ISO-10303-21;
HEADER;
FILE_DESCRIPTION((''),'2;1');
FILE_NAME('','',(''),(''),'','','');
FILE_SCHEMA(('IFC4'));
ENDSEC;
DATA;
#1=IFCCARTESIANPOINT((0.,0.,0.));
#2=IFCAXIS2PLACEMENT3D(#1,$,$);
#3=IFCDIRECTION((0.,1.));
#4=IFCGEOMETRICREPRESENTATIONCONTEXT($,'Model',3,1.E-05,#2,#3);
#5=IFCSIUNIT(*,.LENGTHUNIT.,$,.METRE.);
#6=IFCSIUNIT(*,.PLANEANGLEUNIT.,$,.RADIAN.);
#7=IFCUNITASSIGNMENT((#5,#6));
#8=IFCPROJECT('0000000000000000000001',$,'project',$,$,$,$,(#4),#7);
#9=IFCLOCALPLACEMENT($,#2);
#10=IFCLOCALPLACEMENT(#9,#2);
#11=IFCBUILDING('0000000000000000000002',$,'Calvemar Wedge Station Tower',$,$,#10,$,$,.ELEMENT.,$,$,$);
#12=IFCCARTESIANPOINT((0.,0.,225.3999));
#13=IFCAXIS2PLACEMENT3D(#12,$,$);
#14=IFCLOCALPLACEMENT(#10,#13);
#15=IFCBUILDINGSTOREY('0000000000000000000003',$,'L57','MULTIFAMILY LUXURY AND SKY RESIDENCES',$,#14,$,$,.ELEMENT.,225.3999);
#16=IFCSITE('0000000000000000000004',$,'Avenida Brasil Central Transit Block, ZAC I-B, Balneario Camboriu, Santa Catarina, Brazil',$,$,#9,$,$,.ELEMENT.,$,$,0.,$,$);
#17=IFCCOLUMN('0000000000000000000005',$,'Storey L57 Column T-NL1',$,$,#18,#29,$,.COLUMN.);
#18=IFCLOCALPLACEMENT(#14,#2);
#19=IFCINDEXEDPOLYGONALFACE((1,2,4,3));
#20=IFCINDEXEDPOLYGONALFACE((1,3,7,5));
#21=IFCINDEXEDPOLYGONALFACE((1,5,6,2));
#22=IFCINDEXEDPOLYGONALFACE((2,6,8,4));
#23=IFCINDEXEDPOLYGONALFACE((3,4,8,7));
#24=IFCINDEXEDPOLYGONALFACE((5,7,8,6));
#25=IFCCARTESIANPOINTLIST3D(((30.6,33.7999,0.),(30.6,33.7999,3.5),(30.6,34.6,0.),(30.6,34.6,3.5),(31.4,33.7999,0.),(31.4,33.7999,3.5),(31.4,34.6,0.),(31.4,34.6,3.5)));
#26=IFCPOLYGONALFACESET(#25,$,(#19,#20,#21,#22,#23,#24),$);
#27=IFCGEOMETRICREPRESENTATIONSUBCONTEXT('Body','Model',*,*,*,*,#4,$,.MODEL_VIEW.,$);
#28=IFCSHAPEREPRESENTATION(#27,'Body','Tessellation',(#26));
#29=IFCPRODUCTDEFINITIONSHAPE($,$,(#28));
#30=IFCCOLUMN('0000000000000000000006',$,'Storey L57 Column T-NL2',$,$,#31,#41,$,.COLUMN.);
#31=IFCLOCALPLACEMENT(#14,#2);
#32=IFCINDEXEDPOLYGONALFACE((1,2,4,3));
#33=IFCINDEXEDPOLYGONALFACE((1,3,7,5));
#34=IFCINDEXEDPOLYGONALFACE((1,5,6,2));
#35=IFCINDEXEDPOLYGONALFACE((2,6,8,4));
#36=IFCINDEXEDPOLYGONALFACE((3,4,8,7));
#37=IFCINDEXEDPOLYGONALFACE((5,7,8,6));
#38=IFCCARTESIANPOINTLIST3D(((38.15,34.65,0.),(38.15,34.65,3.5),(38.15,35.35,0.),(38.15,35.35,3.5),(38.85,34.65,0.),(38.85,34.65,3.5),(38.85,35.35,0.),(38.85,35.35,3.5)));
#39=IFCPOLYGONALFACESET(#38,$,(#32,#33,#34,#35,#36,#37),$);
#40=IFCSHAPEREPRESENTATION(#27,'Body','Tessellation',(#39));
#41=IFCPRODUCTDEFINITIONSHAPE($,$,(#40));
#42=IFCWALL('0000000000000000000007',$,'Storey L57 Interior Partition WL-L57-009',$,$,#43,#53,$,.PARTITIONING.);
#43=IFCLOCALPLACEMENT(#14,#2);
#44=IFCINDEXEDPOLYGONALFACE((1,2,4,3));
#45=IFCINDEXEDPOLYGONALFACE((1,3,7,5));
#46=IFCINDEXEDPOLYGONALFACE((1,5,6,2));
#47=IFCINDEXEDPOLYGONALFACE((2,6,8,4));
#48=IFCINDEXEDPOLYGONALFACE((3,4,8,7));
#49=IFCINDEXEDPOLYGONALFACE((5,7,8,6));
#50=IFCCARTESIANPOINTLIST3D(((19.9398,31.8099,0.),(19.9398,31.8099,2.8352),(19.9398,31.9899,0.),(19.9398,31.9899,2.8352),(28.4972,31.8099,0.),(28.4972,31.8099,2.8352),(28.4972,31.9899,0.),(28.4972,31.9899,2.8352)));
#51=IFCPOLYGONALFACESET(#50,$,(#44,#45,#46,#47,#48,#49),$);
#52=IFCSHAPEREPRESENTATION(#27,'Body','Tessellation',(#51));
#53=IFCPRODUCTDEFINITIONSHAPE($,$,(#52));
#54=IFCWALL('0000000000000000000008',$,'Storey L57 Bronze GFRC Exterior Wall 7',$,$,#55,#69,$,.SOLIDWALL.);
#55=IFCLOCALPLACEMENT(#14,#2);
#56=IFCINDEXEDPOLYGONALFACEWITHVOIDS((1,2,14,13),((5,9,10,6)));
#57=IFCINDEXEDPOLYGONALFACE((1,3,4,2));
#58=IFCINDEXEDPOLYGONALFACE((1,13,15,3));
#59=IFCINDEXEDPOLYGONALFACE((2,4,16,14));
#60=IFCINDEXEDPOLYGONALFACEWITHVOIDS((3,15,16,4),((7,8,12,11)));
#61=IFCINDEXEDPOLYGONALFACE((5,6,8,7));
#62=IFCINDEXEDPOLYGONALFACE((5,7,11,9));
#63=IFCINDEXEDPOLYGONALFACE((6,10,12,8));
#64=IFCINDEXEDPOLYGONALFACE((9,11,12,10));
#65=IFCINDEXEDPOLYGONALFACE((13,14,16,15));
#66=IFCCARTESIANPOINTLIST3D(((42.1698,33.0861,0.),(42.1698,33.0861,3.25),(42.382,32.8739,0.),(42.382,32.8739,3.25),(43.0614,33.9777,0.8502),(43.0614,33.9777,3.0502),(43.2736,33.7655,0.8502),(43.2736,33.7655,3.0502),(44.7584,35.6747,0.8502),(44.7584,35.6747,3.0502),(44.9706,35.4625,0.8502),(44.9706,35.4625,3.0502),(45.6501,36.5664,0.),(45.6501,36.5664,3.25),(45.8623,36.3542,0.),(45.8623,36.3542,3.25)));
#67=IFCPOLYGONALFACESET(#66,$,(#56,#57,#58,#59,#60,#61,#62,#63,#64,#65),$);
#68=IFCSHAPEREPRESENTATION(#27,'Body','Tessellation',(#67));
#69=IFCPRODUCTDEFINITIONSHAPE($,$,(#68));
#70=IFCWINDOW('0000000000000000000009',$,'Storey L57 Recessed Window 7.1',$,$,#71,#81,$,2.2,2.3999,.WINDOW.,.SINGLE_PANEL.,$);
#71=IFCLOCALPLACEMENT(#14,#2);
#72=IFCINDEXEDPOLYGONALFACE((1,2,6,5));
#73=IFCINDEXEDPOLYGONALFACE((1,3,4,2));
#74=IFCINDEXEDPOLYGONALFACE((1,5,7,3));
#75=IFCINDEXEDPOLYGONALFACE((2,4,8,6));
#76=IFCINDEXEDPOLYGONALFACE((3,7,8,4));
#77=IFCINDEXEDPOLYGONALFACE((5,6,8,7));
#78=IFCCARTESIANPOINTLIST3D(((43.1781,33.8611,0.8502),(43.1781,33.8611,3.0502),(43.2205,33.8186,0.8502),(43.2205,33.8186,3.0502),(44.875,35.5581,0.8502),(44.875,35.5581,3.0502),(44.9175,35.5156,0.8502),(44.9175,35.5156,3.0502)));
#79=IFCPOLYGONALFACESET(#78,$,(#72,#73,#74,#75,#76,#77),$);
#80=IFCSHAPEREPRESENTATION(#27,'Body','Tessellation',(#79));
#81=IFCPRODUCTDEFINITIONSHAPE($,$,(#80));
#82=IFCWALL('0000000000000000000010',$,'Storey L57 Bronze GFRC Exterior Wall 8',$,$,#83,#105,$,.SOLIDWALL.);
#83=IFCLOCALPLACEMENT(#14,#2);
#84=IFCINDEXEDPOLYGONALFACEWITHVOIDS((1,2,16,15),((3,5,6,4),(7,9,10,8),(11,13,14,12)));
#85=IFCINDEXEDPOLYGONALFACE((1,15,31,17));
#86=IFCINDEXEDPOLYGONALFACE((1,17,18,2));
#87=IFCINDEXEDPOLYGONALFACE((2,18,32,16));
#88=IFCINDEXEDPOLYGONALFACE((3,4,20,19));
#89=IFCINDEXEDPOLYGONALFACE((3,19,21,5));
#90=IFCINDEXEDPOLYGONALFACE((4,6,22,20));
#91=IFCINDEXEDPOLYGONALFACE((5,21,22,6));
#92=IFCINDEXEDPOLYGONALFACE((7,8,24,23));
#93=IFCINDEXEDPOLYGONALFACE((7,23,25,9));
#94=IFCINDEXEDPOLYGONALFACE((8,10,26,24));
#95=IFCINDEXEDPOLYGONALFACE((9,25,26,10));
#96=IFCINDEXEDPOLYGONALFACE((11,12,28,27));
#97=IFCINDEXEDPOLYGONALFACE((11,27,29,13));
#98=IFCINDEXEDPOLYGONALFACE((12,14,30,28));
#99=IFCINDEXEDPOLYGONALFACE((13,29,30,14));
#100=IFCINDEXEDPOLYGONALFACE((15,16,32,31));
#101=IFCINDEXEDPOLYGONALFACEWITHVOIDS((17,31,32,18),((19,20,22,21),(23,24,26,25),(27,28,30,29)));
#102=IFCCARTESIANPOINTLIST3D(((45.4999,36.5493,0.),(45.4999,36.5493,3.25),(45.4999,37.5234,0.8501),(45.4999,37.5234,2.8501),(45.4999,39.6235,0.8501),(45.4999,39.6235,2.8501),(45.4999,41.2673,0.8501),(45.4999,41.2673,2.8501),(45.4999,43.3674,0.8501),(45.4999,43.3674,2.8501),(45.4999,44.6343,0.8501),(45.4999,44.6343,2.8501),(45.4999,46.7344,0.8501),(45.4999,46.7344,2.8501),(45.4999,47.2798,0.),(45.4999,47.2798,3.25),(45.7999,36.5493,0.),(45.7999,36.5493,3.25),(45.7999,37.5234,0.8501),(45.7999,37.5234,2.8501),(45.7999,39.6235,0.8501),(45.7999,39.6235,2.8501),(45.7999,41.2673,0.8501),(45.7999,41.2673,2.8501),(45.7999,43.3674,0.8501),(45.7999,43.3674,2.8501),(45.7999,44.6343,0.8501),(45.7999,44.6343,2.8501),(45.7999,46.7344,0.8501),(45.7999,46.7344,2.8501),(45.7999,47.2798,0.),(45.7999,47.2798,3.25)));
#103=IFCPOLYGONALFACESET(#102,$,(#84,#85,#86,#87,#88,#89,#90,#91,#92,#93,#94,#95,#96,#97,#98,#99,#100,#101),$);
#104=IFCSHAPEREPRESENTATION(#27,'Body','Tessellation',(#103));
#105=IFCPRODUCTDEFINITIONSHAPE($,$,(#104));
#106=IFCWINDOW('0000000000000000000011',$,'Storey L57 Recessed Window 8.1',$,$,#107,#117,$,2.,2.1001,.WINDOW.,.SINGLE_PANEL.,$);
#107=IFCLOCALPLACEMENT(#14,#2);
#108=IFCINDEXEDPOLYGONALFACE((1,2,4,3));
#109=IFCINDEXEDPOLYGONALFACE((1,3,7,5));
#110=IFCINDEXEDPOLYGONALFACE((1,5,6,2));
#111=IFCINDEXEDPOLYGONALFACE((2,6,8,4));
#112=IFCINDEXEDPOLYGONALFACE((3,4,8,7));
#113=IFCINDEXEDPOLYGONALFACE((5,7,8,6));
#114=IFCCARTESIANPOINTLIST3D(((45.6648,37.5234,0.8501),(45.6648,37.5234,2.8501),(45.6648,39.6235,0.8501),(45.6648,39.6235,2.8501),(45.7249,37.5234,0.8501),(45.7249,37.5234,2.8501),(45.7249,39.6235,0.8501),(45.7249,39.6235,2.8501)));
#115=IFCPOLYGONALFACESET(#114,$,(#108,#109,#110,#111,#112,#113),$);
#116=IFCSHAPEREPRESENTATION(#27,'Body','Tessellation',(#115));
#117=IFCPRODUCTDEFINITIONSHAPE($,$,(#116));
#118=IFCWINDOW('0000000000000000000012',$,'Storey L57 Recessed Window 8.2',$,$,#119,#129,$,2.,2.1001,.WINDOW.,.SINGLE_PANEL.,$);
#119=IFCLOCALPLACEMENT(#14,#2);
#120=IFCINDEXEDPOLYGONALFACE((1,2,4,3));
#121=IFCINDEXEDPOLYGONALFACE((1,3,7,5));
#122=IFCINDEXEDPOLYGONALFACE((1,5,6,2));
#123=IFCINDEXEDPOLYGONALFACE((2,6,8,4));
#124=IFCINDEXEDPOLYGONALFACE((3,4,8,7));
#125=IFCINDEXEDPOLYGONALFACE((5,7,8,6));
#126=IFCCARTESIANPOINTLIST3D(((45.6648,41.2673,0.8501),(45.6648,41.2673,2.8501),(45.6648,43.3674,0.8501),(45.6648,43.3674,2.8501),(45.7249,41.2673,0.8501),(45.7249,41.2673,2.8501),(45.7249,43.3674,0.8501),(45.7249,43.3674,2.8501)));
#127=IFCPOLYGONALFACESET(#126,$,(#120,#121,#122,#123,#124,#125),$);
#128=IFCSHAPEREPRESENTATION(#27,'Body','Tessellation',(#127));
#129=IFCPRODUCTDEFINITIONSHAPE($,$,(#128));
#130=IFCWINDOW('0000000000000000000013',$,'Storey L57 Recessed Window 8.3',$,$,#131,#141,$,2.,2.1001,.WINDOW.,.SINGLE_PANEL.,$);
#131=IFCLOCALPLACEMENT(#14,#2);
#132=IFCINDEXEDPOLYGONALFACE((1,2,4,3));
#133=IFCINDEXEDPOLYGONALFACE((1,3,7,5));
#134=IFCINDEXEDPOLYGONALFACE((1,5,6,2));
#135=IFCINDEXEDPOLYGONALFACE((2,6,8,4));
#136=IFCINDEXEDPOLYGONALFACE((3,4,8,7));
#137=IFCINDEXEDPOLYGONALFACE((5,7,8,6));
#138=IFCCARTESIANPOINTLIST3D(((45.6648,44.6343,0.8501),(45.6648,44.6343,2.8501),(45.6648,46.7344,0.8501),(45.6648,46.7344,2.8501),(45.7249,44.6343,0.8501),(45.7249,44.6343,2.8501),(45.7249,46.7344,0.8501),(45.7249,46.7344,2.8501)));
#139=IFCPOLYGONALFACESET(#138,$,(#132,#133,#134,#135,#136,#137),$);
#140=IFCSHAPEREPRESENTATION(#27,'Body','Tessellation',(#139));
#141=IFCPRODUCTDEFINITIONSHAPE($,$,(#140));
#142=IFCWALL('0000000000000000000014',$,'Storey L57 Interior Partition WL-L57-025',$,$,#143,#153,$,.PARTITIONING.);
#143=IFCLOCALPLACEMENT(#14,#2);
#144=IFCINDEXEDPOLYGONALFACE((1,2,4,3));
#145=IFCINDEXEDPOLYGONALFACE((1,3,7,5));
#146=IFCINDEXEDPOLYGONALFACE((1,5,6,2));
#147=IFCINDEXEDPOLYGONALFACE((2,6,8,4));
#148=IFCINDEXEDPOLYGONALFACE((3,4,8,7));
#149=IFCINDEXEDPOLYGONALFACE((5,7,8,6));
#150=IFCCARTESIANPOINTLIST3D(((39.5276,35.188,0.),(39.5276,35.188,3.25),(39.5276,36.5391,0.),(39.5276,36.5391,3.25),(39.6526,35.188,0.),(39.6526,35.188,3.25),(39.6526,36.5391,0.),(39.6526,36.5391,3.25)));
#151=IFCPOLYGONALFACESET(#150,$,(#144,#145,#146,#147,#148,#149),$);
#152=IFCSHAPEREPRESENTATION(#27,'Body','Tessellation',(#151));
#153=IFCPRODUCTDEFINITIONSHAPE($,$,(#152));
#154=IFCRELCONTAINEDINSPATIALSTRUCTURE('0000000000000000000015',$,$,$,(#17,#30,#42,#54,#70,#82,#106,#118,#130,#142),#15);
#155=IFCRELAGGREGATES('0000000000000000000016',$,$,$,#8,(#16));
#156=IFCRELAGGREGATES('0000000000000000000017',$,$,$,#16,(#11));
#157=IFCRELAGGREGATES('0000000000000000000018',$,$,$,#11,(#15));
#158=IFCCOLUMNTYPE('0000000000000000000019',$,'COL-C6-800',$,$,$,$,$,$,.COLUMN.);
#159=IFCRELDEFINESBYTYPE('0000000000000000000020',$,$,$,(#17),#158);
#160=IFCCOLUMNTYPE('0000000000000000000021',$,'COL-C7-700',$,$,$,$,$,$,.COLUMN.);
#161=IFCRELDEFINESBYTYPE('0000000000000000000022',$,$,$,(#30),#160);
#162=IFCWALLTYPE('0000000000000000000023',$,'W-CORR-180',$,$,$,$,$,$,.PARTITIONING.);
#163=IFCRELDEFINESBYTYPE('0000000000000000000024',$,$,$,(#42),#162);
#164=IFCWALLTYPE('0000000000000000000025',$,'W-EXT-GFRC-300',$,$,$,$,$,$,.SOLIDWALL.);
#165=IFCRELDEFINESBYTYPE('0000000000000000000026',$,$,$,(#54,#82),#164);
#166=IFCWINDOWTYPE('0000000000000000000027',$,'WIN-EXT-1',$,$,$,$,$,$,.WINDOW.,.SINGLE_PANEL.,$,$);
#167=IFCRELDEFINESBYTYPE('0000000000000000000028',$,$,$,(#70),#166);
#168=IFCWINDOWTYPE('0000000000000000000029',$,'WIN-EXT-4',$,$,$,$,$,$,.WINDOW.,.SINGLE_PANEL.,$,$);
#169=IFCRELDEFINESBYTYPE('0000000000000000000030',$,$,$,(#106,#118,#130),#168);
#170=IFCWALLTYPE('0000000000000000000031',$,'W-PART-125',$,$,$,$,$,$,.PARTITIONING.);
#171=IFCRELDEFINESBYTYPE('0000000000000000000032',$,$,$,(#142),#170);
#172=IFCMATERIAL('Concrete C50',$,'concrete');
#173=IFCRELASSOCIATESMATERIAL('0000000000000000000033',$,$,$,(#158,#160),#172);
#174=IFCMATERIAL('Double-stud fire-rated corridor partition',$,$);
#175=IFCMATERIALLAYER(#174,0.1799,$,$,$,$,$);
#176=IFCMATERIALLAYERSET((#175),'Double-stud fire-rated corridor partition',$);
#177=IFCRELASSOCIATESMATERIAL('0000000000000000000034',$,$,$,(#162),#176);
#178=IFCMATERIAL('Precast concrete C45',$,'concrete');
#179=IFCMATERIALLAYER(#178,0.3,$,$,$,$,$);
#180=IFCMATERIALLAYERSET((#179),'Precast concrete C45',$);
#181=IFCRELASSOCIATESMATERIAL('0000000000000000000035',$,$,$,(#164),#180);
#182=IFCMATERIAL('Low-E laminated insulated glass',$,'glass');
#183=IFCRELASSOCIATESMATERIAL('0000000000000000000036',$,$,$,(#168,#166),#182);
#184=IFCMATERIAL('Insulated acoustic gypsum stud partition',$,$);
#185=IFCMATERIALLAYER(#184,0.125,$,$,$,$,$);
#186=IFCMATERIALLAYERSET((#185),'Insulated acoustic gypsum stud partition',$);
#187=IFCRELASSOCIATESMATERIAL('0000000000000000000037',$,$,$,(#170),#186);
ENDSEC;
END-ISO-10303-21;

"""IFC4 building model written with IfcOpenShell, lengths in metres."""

from ifc_helpers import new_model, si_unit, direction, frame, frame_2d, origin, origin_2d, place, context, subcontext, project, spatial, rectangle, extrude, source, transform, mapped, material, layer, layer_set, material_profile, profile_set, type_object, element, fill, save


model = new_model("IFC4")

# Units and contexts
model_context = context("Model", 3, precision=1e-05, world=origin(), true_north=direction((0.0, 1.0)))
body_context = subcontext(model_context, "Body", "Model", "MODEL_VIEW")
ifc_project = project(units=[si_unit("LENGTHUNIT", "METRE"), si_unit("PLANEANGLEUNIT", "RADIAN")], contexts=[model_context])

# Site, building, storey
site_placement = place(None, origin())
site = spatial("IfcSite", under=ifc_project, at=site_placement, Name="Avenida Brasil Central Transit Block, ZAC I-B, Balneario Camboriu, Santa Catarina, Brazil", CompositionType="ELEMENT", RefElevation=0.0)
building_placement = place(site_placement, origin())
building = spatial("IfcBuilding", under=site, at=building_placement, Name="Calvemar Wedge Station Tower", CompositionType="ELEMENT")
storey_placement = place(building_placement, frame((0.0, 0.0, 225.3999)))
storey = spatial("IfcBuildingStorey", under=building, at=storey_placement, Name="L57", Description="MULTIFAMILY LUXURY AND SKY RESIDENCES", CompositionType="ELEMENT", Elevation=225.3999)

# Columns
ifc_material_1 = material(Name="Concrete C50", Category="concrete")
ifc_material_profile_1 = material_profile(ifc_material_1, rectangle(XDim=0.8, YDim=0.8, at=origin_2d()), Name="RC800x800")
ifc_profile_set_1 = profile_set([ifc_material_profile_1], Name="Concrete C50")
column_type_1 = type_object("IfcColumnType", Name="COL-C6-800", PredefinedType="COLUMN", material=ifc_profile_set_1)
shared_shape_1 = source(origin(), body_context, "Body", "SweptSolid", [
    extrude(rectangle(XDim=0.8, YDim=0.8, at=origin_2d()), origin(), (0.0, 0.0, 1.0), 3.5),
])
column_1_placement = place(storey_placement, frame((31.0, 34.2, 0.0), z_axis=(0.0, 0.0, 1.0), x_axis=(1.0, 0.0, 0.0)))
element("IfcColumn", 1, at=column_1_placement, inside=storey, type_object=column_type_1, Name="Storey L57 Column T-NL1", PredefinedType="COLUMN", context=body_context, shape_type="MappedRepresentation", body=[
    mapped(shared_shape_1, transform((0.0, 0.0, 0.0), scale=1.0)),
])
ifc_material_profile_2 = material_profile(ifc_material_1, rectangle(XDim=0.7, YDim=0.7, at=origin_2d()), Name="RC700x700")
ifc_profile_set_2 = profile_set([ifc_material_profile_2], Name="Concrete C50")
column_type_2 = type_object("IfcColumnType", Name="COL-C7-700", PredefinedType="COLUMN", material=ifc_profile_set_2)
shared_shape_2 = source(origin(), body_context, "Body", "SweptSolid", [
    extrude(rectangle(XDim=0.7, YDim=0.7, at=origin_2d()), origin(), (0.0, 0.0, 1.0), 3.5),
])
column_2_placement = place(storey_placement, frame((38.5, 35.0, 0.0), z_axis=(0.0, 0.0, 1.0), x_axis=(1.0, 0.0, 0.0)))
element("IfcColumn", 2, at=column_2_placement, inside=storey, type_object=column_type_2, Name="Storey L57 Column T-NL2", PredefinedType="COLUMN", context=body_context, shape_type="MappedRepresentation", body=[
    mapped(shared_shape_2, transform((0.0, 0.0, 0.0), scale=1.0)),
])

# Wall
ifc_material_2 = material(Name="Double-stud fire-rated corridor partition")
ifc_layer_1 = layer(ifc_material_2, 0.1799)
ifc_layer_set_1 = layer_set([ifc_layer_1], Name="Double-stud fire-rated corridor partition")
wall_type_1 = type_object("IfcWallType", Name="W-CORR-180", PredefinedType="PARTITIONING", material=ifc_layer_set_1)
wall_1_placement = place(storey_placement, frame((28.4973, 31.8999, 0.0), z_axis=(0.0, 0.0, 1.0), x_axis=(-1.0, 0.0, 0.0)))
element("IfcWall", 3, at=wall_1_placement, inside=storey, type_object=wall_type_1, Name="Storey L57 Interior Partition WL-L57-009", PredefinedType="PARTITIONING", context=body_context, shape_type="SweptSolid", body=[
    extrude(rectangle(XDim=8.5574, YDim=0.1799, at=frame_2d((4.2788, 0.0))), origin(), (0.0, 0.0, 1.0), 2.8352),
])

# Shared definitions
ifc_material_3 = material(Name="Precast concrete C45", Category="concrete")
ifc_layer_2 = layer(ifc_material_3, 0.3)
ifc_layer_set_2 = layer_set([ifc_layer_2], Name="Precast concrete C45")
wall_type_2 = type_object("IfcWallType", Name="W-EXT-GFRC-300", PredefinedType="SOLIDWALL", material=ifc_layer_set_2)
shared_shape_3 = source(origin(), body_context, "Body", "SweptSolid", [
    extrude(rectangle(XDim=2.1001, YDim=2.0, at=frame_2d((1.05, 1.0))), frame((0.0, 0.1602, 0.0), z_axis=(0.0, -1.0, 0.0), x_axis=(1.0, 0.0, 0.0)), (0.0, 0.0, 1.0), 0.3201),
])
ifc_material_4 = material(Name="Low-E laminated insulated glass", Category="glass")
window_type_1 = type_object("IfcWindowType", Name="WIN-EXT-4", PartitioningType="SINGLE_PANEL", PredefinedType="WINDOW", material=ifc_material_4)
shared_shape_4 = source(origin(), body_context, "Body", "SweptSolid", [
    extrude(rectangle(XDim=2.1001, YDim=2.0, at=frame_2d((1.05, 1.0))), frame((0.0, -0.0149, 0.0), z_axis=(0.0, -1.0, 0.0), x_axis=(1.0, 0.0, 0.0)), (0.0, 0.0, 1.0), 0.0601),
])

# Wall, opening, window
wall_2_placement = place(storey_placement, frame((42.2759, 32.98, 0.0), z_axis=(0.0, 0.0, 1.0), x_axis=(0.707107, 0.707107, 0.0)))
wall_2 = element("IfcWall", 4, at=wall_2_placement, inside=storey, type_object=wall_type_2, Name="Storey L57 Bronze GFRC Exterior Wall 7", PredefinedType="SOLIDWALL", context=body_context, shape_type="SweptSolid", body=[
    extrude(rectangle(XDim=4.9219, YDim=0.3, at=frame_2d((2.4609, 0.0))), origin(), (0.0, 0.0, 1.0), 3.25),
])
shared_shape_5 = source(origin(), body_context, "Body", "SweptSolid", [
    extrude(rectangle(XDim=2.3999, YDim=2.2, at=frame_2d((1.2, 1.1001))), frame((0.0, 0.1602, 0.0), z_axis=(0.0, -1.0, 0.0), x_axis=(1.0, 0.0, 0.0)), (0.0, 0.0, 1.0), 0.3201),
])
opening_1_placement = place(wall_2_placement, frame((1.261, 0.0, 0.8501)))
opening_1 = element("IfcOpeningElement", 5, at=opening_1_placement, cuts=wall_2, PredefinedType="OPENING", context=body_context, shape_type="MappedRepresentation", body=[
    mapped(shared_shape_5, transform((0.0, 0.0, 0.0), scale=1.0)),
])
window_type_2 = type_object("IfcWindowType", Name="WIN-EXT-1", PartitioningType="SINGLE_PANEL", PredefinedType="WINDOW", material=ifc_material_4)
shared_shape_6 = source(origin(), body_context, "Body", "SweptSolid", [
    extrude(rectangle(XDim=2.3999, YDim=2.2, at=frame_2d((1.2, 1.1001))), frame((0.0, -0.0149, 0.0), z_axis=(0.0, -1.0, 0.0), x_axis=(1.0, 0.0, 0.0)), (0.0, 0.0, 1.0), 0.0601),
])
window_1_placement = place(opening_1_placement, origin())
window_1 = element("IfcWindow", 6, at=window_1_placement, inside=storey, type_object=window_type_2, Name="Storey L57 Recessed Window 7.1", OverallHeight=2.2, OverallWidth=2.3999, PartitioningType="SINGLE_PANEL", PredefinedType="WINDOW", context=body_context, shape_type="MappedRepresentation", body=[
    mapped(shared_shape_6, transform((0.0, 0.0, 0.0), scale=1.0)),
])
fill(opening_1, window_1)

# Wall, openings, windows
wall_3_placement = place(storey_placement, frame((45.6499, 36.5493, 0.0), z_axis=(0.0, 0.0, 1.0), x_axis=(0.0, 1.0, 0.0)))
wall_3 = element("IfcWall", 7, at=wall_3_placement, inside=storey, type_object=wall_type_2, Name="Storey L57 Bronze GFRC Exterior Wall 8", PredefinedType="SOLIDWALL", context=body_context, shape_type="SweptSolid", body=[
    extrude(rectangle(XDim=10.7305, YDim=0.3, at=frame_2d((5.3652, 0.0))), origin(), (0.0, 0.0, 1.0), 3.25),
])
opening_2_placement = place(wall_3_placement, frame((0.9741, 0.0, 0.8501)))
opening_2 = element("IfcOpeningElement", 8, at=opening_2_placement, cuts=wall_3, PredefinedType="OPENING", context=body_context, shape_type="MappedRepresentation", body=[
    mapped(shared_shape_3, transform((0.0, 0.0, 0.0), scale=1.0)),
])
opening_3_placement = place(wall_3_placement, frame((4.718, 0.0, 0.8501)))
opening_3 = element("IfcOpeningElement", 9, at=opening_3_placement, cuts=wall_3, PredefinedType="OPENING", context=body_context, shape_type="MappedRepresentation", body=[
    mapped(shared_shape_3, transform((0.0, 0.0, 0.0), scale=1.0)),
])
opening_4_placement = place(wall_3_placement, frame((8.085, 0.0, 0.8501)))
opening_4 = element("IfcOpeningElement", 10, at=opening_4_placement, cuts=wall_3, PredefinedType="OPENING", context=body_context, shape_type="MappedRepresentation", body=[
    mapped(shared_shape_3, transform((0.0, 0.0, 0.0), scale=1.0)),
])
window_2_placement = place(opening_2_placement, origin())
window_2 = element("IfcWindow", 11, at=window_2_placement, inside=storey, type_object=window_type_1, Name="Storey L57 Recessed Window 8.1", OverallHeight=2.0, OverallWidth=2.1001, PartitioningType="SINGLE_PANEL", PredefinedType="WINDOW", context=body_context, shape_type="MappedRepresentation", body=[
    mapped(shared_shape_4, transform((0.0, 0.0, 0.0), scale=1.0)),
])
fill(opening_2, window_2)
window_3_placement = place(opening_3_placement, origin())
window_3 = element("IfcWindow", 12, at=window_3_placement, inside=storey, type_object=window_type_1, Name="Storey L57 Recessed Window 8.2", OverallHeight=2.0, OverallWidth=2.1001, PartitioningType="SINGLE_PANEL", PredefinedType="WINDOW", context=body_context, shape_type="MappedRepresentation", body=[
    mapped(shared_shape_4, transform((0.0, 0.0, 0.0), scale=1.0)),
])
fill(opening_3, window_3)
window_4_placement = place(opening_4_placement, origin())
window_4 = element("IfcWindow", 13, at=window_4_placement, inside=storey, type_object=window_type_1, Name="Storey L57 Recessed Window 8.3", OverallHeight=2.0, OverallWidth=2.1001, PartitioningType="SINGLE_PANEL", PredefinedType="WINDOW", context=body_context, shape_type="MappedRepresentation", body=[
    mapped(shared_shape_4, transform((0.0, 0.0, 0.0), scale=1.0)),
])
fill(opening_4, window_4)

# Wall
ifc_material_5 = material(Name="Insulated acoustic gypsum stud partition")
ifc_layer_3 = layer(ifc_material_5, 0.125)
ifc_layer_set_3 = layer_set([ifc_layer_3], Name="Insulated acoustic gypsum stud partition")
wall_type_3 = type_object("IfcWallType", Name="W-PART-125", PredefinedType="PARTITIONING", material=ifc_layer_set_3)
wall_4_placement = place(storey_placement, frame((39.5901, 36.5391, 0.0), z_axis=(0.0, 0.0, 1.0), x_axis=(0.0, -1.0, 0.0)))
element("IfcWall", 14, at=wall_4_placement, inside=storey, type_object=wall_type_3, Name="Storey L57 Interior Partition WL-L57-025", PredefinedType="PARTITIONING", context=body_context, shape_type="SweptSolid", body=[
    extrude(rectangle(XDim=1.3511, YDim=0.125, at=frame_2d((0.6755, 0.0))), origin(), (0.0, 0.0, 1.0), 3.25),
])

save(model, "model.ifc")
